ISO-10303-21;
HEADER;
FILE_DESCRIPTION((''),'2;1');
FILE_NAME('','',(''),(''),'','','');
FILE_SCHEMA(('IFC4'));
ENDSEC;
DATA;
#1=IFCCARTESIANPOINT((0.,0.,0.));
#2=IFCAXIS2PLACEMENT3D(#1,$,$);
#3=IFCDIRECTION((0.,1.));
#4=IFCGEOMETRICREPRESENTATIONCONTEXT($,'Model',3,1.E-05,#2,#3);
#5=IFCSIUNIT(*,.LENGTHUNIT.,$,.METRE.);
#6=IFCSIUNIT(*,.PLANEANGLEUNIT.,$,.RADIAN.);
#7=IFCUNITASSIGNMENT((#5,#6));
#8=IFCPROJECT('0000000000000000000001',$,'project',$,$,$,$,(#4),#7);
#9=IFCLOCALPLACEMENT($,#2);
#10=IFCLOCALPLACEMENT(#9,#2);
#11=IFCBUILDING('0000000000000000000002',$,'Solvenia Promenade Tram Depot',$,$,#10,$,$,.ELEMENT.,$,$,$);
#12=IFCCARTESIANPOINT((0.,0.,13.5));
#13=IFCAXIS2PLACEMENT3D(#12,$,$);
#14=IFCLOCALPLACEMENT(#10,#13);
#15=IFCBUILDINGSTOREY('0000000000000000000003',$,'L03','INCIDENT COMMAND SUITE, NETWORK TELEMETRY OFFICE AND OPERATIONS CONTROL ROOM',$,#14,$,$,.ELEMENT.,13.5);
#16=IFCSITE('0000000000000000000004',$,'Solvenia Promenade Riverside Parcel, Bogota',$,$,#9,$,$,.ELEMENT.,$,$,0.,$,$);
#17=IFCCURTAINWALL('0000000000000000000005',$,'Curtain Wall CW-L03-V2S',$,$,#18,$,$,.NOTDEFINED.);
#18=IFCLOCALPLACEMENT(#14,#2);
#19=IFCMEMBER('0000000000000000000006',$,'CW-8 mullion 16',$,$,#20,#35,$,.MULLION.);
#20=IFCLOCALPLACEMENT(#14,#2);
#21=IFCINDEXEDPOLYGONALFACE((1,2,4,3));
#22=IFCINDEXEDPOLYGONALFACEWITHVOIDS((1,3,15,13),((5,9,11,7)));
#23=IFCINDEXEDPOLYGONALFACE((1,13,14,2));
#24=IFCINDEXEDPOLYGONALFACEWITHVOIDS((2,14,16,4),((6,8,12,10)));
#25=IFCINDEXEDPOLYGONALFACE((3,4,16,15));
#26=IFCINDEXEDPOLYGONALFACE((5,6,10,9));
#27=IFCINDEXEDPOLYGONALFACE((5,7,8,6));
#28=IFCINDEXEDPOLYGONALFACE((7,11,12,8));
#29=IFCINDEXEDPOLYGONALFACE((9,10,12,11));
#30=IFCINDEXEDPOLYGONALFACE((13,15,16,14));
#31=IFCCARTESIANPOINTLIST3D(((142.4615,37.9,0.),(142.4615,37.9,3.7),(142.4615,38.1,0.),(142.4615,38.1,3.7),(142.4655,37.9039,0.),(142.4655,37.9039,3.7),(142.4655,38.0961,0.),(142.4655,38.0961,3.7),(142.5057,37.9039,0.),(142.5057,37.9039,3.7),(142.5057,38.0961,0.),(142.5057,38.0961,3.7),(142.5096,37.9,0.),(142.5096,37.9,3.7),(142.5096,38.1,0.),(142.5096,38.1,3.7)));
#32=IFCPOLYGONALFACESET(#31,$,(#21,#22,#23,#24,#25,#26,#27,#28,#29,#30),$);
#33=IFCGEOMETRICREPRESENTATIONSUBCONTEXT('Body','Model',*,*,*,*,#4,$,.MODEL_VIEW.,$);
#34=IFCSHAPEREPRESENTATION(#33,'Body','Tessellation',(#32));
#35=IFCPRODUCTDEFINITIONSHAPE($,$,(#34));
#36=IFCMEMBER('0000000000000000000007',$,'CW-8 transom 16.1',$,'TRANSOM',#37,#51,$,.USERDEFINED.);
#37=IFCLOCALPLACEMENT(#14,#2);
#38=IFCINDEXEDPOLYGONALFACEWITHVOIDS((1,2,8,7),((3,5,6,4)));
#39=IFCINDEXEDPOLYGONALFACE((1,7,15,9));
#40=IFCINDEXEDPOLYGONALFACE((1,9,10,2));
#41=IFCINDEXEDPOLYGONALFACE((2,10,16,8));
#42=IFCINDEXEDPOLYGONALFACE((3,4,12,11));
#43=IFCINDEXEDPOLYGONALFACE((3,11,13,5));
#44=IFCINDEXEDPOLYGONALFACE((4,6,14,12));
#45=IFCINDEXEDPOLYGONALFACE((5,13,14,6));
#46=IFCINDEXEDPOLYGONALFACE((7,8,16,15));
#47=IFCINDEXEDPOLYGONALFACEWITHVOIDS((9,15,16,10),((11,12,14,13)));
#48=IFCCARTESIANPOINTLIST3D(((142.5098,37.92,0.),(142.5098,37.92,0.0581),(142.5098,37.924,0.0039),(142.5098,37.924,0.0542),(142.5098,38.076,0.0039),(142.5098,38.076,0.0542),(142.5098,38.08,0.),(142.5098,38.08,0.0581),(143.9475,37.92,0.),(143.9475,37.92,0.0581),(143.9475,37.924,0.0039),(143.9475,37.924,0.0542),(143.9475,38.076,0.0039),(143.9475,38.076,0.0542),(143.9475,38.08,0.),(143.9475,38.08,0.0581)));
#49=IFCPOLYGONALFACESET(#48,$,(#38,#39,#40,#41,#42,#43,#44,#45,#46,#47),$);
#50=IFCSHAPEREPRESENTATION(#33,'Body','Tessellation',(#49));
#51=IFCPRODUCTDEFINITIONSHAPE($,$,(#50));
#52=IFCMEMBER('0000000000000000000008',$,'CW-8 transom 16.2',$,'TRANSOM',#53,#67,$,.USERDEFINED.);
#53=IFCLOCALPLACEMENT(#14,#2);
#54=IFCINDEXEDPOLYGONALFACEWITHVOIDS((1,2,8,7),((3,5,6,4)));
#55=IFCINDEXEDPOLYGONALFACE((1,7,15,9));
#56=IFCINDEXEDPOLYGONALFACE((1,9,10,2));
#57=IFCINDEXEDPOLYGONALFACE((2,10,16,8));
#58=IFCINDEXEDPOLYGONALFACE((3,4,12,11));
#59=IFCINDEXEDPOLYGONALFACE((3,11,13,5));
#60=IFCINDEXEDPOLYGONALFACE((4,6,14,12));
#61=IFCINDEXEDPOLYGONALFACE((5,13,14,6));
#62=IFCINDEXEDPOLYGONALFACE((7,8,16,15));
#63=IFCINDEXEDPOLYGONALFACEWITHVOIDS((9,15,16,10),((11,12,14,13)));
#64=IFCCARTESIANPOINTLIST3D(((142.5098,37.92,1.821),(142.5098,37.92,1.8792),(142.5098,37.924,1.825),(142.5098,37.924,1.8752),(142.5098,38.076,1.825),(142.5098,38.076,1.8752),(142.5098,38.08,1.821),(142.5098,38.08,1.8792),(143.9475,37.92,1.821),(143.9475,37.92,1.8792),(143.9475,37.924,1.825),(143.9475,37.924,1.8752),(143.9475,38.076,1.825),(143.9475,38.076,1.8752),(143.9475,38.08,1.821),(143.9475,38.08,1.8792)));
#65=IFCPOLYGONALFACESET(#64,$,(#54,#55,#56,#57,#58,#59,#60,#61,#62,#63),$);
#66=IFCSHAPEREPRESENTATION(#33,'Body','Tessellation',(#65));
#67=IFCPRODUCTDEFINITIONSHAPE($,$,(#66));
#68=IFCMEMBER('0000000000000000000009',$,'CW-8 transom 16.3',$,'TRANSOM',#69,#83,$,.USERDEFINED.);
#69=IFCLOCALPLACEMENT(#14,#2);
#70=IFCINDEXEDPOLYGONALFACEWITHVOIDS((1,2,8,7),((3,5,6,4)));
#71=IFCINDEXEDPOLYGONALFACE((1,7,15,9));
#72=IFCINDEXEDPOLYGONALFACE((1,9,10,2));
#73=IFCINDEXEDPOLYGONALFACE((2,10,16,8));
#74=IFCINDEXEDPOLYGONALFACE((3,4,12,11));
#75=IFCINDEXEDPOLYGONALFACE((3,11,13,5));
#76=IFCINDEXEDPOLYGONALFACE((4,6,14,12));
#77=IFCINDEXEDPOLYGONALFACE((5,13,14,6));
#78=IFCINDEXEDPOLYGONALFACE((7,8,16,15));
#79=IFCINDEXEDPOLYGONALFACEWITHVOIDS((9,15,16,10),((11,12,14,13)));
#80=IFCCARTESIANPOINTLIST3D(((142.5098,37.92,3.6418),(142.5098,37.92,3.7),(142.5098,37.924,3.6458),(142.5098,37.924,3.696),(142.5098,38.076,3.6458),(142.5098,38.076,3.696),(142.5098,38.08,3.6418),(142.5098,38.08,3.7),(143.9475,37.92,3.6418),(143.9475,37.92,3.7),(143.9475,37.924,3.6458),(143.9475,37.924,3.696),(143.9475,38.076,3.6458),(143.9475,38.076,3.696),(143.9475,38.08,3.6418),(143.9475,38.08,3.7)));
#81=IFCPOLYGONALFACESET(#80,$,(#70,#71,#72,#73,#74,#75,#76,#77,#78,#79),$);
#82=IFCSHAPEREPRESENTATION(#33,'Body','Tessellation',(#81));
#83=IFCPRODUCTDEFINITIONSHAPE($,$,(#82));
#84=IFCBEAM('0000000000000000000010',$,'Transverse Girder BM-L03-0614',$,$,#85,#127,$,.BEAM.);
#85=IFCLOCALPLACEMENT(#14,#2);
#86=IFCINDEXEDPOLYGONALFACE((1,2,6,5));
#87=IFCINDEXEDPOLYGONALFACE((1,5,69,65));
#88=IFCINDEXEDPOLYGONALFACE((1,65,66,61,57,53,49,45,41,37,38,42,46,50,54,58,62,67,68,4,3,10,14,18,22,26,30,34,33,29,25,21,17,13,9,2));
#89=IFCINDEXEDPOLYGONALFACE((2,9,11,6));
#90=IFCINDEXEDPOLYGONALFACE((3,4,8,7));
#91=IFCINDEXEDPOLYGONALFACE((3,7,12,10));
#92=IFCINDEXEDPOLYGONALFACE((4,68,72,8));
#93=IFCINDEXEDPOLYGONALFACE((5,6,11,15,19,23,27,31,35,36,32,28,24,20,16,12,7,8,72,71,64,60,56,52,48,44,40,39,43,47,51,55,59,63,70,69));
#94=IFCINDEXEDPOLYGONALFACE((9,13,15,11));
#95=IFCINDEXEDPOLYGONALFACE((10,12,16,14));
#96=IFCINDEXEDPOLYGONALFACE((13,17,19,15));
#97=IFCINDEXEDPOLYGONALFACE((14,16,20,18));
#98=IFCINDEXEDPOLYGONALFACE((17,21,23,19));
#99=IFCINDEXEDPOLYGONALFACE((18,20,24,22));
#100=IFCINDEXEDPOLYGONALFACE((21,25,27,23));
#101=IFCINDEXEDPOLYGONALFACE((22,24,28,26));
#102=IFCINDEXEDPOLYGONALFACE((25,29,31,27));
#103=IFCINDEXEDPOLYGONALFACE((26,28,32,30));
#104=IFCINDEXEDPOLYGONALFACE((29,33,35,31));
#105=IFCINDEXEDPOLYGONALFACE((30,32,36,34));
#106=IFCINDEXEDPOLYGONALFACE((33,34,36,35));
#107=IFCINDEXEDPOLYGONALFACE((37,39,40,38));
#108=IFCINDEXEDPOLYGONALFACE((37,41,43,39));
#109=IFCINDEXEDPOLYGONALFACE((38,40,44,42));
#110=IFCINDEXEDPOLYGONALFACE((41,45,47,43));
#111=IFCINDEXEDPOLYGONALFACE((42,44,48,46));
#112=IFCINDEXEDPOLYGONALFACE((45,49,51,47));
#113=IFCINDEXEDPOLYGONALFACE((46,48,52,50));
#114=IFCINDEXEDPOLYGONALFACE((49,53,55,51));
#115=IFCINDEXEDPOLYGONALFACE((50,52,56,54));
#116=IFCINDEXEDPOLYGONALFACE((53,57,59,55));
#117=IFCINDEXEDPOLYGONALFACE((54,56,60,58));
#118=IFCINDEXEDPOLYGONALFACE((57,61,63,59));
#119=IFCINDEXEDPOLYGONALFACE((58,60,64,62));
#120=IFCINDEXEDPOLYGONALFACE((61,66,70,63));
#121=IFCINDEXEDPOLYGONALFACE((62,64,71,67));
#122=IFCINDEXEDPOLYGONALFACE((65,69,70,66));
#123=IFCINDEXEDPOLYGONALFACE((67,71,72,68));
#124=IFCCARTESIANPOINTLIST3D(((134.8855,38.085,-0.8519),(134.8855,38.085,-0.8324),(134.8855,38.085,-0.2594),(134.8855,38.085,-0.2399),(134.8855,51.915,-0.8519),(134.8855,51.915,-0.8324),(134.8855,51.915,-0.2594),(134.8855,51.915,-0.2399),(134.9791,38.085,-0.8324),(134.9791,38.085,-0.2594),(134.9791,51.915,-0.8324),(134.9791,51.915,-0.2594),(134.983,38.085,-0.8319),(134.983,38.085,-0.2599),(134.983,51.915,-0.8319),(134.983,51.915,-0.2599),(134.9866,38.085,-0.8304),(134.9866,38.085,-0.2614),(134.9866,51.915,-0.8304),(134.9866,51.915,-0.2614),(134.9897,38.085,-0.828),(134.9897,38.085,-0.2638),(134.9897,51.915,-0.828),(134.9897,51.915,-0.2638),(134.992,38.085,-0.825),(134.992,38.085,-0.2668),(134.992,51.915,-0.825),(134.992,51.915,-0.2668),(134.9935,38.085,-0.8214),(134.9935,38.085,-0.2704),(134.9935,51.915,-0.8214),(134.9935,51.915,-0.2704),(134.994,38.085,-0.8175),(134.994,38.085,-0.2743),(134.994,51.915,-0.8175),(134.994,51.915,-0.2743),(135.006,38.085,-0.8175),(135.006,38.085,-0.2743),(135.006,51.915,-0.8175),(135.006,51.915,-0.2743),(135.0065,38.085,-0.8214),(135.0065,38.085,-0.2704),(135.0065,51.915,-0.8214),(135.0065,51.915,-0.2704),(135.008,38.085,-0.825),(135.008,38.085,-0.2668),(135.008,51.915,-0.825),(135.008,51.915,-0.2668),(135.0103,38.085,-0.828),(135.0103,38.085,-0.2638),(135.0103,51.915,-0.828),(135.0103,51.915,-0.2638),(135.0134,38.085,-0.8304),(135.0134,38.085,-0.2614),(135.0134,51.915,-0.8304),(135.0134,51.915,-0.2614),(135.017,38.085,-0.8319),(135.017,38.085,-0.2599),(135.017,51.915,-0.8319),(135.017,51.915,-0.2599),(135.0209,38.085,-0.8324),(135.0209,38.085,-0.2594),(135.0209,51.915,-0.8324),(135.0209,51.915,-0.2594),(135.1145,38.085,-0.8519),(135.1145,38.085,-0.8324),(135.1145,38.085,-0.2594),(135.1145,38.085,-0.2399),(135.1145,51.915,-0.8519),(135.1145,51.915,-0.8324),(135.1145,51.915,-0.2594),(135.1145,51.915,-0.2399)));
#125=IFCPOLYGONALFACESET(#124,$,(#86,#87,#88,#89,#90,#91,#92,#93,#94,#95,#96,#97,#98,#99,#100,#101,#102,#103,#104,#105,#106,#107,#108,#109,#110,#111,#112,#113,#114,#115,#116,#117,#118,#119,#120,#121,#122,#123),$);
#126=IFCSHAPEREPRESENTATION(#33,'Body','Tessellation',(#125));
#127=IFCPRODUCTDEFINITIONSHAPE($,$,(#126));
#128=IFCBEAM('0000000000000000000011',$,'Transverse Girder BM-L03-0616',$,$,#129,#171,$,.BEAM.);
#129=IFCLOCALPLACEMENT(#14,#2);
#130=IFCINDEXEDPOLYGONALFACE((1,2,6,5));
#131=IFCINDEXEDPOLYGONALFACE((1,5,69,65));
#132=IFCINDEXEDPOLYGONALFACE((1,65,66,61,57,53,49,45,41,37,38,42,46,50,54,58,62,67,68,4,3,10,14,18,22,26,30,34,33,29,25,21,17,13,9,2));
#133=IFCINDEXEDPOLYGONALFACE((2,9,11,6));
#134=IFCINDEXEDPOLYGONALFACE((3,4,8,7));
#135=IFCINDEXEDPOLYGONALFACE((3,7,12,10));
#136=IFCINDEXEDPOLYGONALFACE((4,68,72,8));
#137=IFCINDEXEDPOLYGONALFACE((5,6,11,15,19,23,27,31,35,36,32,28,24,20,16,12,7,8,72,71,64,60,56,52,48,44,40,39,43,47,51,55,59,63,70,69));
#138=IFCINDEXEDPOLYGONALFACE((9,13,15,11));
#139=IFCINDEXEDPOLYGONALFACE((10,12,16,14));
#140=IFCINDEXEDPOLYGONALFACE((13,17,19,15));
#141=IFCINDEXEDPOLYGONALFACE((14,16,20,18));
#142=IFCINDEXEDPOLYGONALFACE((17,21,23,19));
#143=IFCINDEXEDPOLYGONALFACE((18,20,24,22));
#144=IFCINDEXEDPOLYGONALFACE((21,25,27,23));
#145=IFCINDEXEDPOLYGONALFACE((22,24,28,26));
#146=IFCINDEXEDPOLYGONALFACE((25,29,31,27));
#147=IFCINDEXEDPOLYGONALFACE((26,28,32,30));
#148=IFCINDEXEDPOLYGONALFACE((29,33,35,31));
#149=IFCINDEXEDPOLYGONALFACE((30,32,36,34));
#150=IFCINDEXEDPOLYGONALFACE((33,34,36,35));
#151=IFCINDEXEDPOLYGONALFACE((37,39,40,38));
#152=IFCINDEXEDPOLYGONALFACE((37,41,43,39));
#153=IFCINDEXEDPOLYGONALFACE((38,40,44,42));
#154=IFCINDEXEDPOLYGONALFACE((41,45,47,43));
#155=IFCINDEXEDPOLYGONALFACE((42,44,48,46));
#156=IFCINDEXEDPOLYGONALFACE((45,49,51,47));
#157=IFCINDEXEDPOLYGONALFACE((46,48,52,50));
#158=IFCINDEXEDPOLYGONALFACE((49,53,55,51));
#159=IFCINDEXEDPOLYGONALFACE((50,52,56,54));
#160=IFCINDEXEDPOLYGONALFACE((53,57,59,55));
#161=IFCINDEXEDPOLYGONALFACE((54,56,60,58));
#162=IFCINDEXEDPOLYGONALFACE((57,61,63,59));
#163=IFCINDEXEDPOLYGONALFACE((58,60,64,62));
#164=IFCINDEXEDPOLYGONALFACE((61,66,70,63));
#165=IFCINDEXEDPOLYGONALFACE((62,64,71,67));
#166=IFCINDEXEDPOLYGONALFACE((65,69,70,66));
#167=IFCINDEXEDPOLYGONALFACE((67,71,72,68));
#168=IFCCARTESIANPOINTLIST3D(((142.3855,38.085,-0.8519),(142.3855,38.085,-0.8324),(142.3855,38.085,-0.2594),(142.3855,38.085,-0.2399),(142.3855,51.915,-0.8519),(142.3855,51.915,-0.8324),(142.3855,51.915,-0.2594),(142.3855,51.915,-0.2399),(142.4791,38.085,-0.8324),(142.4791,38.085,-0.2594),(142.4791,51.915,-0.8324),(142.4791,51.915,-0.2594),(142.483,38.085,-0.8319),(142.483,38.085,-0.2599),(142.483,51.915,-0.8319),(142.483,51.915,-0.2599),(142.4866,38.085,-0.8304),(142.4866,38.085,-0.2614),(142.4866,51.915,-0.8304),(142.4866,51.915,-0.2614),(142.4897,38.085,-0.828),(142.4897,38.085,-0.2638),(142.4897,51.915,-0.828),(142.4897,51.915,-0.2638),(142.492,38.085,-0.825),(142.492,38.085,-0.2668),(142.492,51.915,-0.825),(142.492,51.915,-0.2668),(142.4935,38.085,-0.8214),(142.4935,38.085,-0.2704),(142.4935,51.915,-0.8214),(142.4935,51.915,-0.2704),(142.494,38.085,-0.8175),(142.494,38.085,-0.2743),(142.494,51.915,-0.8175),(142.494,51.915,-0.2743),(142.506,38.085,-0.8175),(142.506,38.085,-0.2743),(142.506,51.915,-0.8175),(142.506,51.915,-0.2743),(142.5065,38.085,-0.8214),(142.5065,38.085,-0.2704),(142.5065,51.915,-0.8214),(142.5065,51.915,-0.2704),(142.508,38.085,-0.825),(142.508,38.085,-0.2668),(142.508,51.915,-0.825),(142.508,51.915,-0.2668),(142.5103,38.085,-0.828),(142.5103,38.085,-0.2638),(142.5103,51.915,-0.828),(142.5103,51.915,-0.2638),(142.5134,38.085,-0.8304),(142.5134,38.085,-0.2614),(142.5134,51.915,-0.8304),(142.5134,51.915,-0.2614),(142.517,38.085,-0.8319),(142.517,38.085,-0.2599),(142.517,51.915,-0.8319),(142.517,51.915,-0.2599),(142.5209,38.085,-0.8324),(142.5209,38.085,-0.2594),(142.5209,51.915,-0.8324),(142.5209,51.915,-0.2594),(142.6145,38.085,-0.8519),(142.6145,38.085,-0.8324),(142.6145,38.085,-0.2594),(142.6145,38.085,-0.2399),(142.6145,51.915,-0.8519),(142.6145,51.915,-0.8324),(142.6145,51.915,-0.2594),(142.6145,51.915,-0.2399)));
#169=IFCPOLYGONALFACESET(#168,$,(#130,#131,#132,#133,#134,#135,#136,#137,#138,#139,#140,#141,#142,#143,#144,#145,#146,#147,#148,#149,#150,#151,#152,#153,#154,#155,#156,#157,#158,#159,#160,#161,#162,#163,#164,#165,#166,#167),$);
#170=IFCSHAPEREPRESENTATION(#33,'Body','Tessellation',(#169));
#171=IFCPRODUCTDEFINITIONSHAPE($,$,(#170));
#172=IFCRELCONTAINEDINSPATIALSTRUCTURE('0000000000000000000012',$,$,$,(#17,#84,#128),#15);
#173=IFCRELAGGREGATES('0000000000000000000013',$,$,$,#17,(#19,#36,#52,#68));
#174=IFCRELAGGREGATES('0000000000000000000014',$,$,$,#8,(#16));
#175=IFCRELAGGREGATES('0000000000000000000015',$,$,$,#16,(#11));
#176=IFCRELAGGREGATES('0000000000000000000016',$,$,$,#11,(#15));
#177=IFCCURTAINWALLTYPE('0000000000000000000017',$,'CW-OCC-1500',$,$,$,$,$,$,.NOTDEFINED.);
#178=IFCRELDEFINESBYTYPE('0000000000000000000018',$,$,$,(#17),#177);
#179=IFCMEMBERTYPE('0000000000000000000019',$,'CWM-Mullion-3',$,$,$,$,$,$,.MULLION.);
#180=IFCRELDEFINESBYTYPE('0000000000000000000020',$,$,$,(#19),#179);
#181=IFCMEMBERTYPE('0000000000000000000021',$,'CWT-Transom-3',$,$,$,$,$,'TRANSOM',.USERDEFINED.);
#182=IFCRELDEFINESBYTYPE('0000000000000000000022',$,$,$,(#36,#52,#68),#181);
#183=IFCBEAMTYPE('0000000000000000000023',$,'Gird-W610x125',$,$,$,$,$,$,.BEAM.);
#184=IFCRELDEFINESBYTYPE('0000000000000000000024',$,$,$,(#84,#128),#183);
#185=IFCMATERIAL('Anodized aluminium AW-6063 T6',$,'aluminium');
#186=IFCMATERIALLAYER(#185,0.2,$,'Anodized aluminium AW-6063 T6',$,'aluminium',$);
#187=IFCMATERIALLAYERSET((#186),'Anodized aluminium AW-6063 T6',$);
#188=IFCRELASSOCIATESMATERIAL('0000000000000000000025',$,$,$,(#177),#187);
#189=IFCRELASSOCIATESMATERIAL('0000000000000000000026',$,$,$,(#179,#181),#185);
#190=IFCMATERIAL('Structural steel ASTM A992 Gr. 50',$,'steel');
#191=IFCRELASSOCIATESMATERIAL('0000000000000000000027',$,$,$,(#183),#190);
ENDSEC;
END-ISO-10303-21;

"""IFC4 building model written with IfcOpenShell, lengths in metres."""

from ifc_helpers import new_model, si_unit, direction, frame, origin, origin_2d, place, context, subcontext, project, spatial, hollow_rectangle, i_section, extrude, material, layer, layer_set, material_profile, profile_set, type_object, element, aggregate, save


model = new_model("IFC4")

# Units and contexts
model_context = context("Model", 3, precision=1e-05, world=origin(), true_north=direction((0.0, 1.0)))
body_context = subcontext(model_context, "Body", "Model", "MODEL_VIEW")
ifc_project = project(units=[si_unit("LENGTHUNIT", "METRE"), si_unit("PLANEANGLEUNIT", "RADIAN")], contexts=[model_context])

# Site, building, storey
site_placement = place(None, origin())
site = spatial("IfcSite", under=ifc_project, at=site_placement, Name="Solvenia Promenade Riverside Parcel, Bogota", CompositionType="ELEMENT", RefElevation=0.0)
building_placement = place(site_placement, origin())
building = spatial("IfcBuilding", under=site, at=building_placement, Name="Solvenia Promenade Tram Depot", CompositionType="ELEMENT")
storey_placement = place(building_placement, frame((0.0, 0.0, 13.5)))
storey = spatial("IfcBuildingStorey", under=building, at=storey_placement, Name="L03", Description="INCIDENT COMMAND SUITE, NETWORK TELEMETRY OFFICE AND OPERATIONS CONTROL ROOM", CompositionType="ELEMENT", Elevation=13.5)

# Shared definitions
ifc_material_1 = material(Name="Structural steel ASTM A992 Gr. 50", Category="steel")

# Curtain wall, members
ifc_material_2 = material(Name="Anodized aluminium AW-6063 T6", Category="aluminium")
ifc_layer_1 = layer(ifc_material_2, 0.2, Name="Anodized aluminium AW-6063 T6", Category="aluminium")
ifc_layer_set_1 = layer_set([ifc_layer_1], Name="Anodized aluminium AW-6063 T6")
curtain_wall_type = type_object("IfcCurtainWallType", Name="CW-OCC-1500", PredefinedType="NOTDEFINED", material=ifc_layer_set_1)
curtain_wall_placement = place(storey_placement, origin())
curtain_wall = element("IfcCurtainWall", 1, at=curtain_wall_placement, inside=storey, type_object=curtain_wall_type, Name="Curtain Wall CW-L03-V2S", PredefinedType="NOTDEFINED")
ifc_material_profile_1 = material_profile(ifc_material_2, hollow_rectangle(XDim=0.2, YDim=0.0481, WallThickness=0.0039, at=origin_2d()), Name="ALU-M3", Category="aluminium")
ifc_profile_set_1 = profile_set([ifc_material_profile_1], Name="Anodized aluminium AW-6063 T6")
member_type_1 = type_object("IfcMemberType", Name="CWM-Mullion-3", PredefinedType="MULLION", material=ifc_profile_set_1)
member_1_placement = place(storey_placement, frame((142.4856, 38.0, 0.0), z_axis=(0.0, 0.0, 1.0), x_axis=(0.0, 1.0, 0.0)))
member_1 = element("IfcMember", 2, at=member_1_placement, type_object=member_type_1, Name="CW-8 mullion 16", PredefinedType="MULLION", context=body_context, shape_type="SweptSolid", body=[
    extrude(hollow_rectangle(XDim=0.2, YDim=0.0481, WallThickness=0.0039, at=origin_2d()), origin(), (0.0, 0.0, 1.0), 3.7),
])
ifc_material_profile_2 = material_profile(ifc_material_2, hollow_rectangle(XDim=0.1599, YDim=0.0581, WallThickness=0.0039, at=origin_2d()), Name="ALU-T3", Category="aluminium")
ifc_profile_set_2 = profile_set([ifc_material_profile_2], Name="Anodized aluminium AW-6063 T6")
member_type_2 = type_object("IfcMemberType", Name="CWT-Transom-3", ElementType="TRANSOM", PredefinedType="USERDEFINED", material=ifc_profile_set_2)
member_2_placement = place(storey_placement, frame((142.5098, 38.0, 0.0291), z_axis=(1.0, 0.0, 0.0), x_axis=(0.0, 1.0, 0.0)))
member_2 = element("IfcMember", 3, at=member_2_placement, type_object=member_type_2, Name="CW-8 transom 16.1", ObjectType="TRANSOM", PredefinedType="USERDEFINED", context=body_context, shape_type="SweptSolid", body=[
    extrude(hollow_rectangle(XDim=0.1599, YDim=0.0581, WallThickness=0.0039, at=origin_2d()), origin(), (0.0, 0.0, 1.0), 1.4377),
])
member_3_placement = place(storey_placement, frame((142.5098, 38.0, 1.8501), z_axis=(1.0, 0.0, 0.0), x_axis=(0.0, 1.0, 0.0)))
member_3 = element("IfcMember", 4, at=member_3_placement, type_object=member_type_2, Name="CW-8 transom 16.2", ObjectType="TRANSOM", PredefinedType="USERDEFINED", context=body_context, shape_type="SweptSolid", body=[
    extrude(hollow_rectangle(XDim=0.1599, YDim=0.0581, WallThickness=0.0039, at=origin_2d()), origin(), (0.0, 0.0, 1.0), 1.4377),
])
member_4_placement = place(storey_placement, frame((142.5098, 38.0, 3.6709), z_axis=(1.0, 0.0, 0.0), x_axis=(0.0, 1.0, 0.0)))
member_4 = element("IfcMember", 5, at=member_4_placement, type_object=member_type_2, Name="CW-8 transom 16.3", ObjectType="TRANSOM", PredefinedType="USERDEFINED", context=body_context, shape_type="SweptSolid", body=[
    extrude(hollow_rectangle(XDim=0.1599, YDim=0.0581, WallThickness=0.0039, at=origin_2d()), origin(), (0.0, 0.0, 1.0), 1.4377),
])
aggregate(curtain_wall, [member_1, member_2, member_3, member_4])

# Beams
ifc_material_profile_3 = material_profile(ifc_material_1, i_section(OverallWidth=0.229, OverallDepth=0.6121, WebThickness=0.012, FlangeThickness=0.0195, FilletRadius=0.0149, at=origin_2d()), Name="W610x125", Category="steel")
ifc_profile_set_3 = profile_set([ifc_material_profile_3], Name="Structural steel ASTM A992 Gr. 50")
beam_type_1 = type_object("IfcBeamType", Name="Gird-W610x125", PredefinedType="BEAM", material=ifc_profile_set_3)
for number, where, z_axis, x_axis, name in (
    (6, (135.0, 38.085, -0.5459), (0.0, 1.0, 0.0), (-1.0, 0.0, 0.0), "Transverse Girder BM-L03-0614"),
    (7, (142.5, 38.085, -0.5459), (0.0, 1.0, 0.0), (-1.0, 0.0, 0.0), "Transverse Girder BM-L03-0616"),
):
    element("IfcBeam", number, at=place(storey_placement, frame(where, z_axis=z_axis, x_axis=x_axis)), inside=storey, type_object=beam_type_1, Name=name, PredefinedType="BEAM", context=body_context, shape_type="SweptSolid", body=[
        extrude(i_section(OverallWidth=0.229, OverallDepth=0.6121, WebThickness=0.012, FlangeThickness=0.0195, FilletRadius=0.0149, at=origin_2d()), origin(), (0.0, 0.0, 1.0), 13.8301),
    ])

save(model, "model.ifc")
